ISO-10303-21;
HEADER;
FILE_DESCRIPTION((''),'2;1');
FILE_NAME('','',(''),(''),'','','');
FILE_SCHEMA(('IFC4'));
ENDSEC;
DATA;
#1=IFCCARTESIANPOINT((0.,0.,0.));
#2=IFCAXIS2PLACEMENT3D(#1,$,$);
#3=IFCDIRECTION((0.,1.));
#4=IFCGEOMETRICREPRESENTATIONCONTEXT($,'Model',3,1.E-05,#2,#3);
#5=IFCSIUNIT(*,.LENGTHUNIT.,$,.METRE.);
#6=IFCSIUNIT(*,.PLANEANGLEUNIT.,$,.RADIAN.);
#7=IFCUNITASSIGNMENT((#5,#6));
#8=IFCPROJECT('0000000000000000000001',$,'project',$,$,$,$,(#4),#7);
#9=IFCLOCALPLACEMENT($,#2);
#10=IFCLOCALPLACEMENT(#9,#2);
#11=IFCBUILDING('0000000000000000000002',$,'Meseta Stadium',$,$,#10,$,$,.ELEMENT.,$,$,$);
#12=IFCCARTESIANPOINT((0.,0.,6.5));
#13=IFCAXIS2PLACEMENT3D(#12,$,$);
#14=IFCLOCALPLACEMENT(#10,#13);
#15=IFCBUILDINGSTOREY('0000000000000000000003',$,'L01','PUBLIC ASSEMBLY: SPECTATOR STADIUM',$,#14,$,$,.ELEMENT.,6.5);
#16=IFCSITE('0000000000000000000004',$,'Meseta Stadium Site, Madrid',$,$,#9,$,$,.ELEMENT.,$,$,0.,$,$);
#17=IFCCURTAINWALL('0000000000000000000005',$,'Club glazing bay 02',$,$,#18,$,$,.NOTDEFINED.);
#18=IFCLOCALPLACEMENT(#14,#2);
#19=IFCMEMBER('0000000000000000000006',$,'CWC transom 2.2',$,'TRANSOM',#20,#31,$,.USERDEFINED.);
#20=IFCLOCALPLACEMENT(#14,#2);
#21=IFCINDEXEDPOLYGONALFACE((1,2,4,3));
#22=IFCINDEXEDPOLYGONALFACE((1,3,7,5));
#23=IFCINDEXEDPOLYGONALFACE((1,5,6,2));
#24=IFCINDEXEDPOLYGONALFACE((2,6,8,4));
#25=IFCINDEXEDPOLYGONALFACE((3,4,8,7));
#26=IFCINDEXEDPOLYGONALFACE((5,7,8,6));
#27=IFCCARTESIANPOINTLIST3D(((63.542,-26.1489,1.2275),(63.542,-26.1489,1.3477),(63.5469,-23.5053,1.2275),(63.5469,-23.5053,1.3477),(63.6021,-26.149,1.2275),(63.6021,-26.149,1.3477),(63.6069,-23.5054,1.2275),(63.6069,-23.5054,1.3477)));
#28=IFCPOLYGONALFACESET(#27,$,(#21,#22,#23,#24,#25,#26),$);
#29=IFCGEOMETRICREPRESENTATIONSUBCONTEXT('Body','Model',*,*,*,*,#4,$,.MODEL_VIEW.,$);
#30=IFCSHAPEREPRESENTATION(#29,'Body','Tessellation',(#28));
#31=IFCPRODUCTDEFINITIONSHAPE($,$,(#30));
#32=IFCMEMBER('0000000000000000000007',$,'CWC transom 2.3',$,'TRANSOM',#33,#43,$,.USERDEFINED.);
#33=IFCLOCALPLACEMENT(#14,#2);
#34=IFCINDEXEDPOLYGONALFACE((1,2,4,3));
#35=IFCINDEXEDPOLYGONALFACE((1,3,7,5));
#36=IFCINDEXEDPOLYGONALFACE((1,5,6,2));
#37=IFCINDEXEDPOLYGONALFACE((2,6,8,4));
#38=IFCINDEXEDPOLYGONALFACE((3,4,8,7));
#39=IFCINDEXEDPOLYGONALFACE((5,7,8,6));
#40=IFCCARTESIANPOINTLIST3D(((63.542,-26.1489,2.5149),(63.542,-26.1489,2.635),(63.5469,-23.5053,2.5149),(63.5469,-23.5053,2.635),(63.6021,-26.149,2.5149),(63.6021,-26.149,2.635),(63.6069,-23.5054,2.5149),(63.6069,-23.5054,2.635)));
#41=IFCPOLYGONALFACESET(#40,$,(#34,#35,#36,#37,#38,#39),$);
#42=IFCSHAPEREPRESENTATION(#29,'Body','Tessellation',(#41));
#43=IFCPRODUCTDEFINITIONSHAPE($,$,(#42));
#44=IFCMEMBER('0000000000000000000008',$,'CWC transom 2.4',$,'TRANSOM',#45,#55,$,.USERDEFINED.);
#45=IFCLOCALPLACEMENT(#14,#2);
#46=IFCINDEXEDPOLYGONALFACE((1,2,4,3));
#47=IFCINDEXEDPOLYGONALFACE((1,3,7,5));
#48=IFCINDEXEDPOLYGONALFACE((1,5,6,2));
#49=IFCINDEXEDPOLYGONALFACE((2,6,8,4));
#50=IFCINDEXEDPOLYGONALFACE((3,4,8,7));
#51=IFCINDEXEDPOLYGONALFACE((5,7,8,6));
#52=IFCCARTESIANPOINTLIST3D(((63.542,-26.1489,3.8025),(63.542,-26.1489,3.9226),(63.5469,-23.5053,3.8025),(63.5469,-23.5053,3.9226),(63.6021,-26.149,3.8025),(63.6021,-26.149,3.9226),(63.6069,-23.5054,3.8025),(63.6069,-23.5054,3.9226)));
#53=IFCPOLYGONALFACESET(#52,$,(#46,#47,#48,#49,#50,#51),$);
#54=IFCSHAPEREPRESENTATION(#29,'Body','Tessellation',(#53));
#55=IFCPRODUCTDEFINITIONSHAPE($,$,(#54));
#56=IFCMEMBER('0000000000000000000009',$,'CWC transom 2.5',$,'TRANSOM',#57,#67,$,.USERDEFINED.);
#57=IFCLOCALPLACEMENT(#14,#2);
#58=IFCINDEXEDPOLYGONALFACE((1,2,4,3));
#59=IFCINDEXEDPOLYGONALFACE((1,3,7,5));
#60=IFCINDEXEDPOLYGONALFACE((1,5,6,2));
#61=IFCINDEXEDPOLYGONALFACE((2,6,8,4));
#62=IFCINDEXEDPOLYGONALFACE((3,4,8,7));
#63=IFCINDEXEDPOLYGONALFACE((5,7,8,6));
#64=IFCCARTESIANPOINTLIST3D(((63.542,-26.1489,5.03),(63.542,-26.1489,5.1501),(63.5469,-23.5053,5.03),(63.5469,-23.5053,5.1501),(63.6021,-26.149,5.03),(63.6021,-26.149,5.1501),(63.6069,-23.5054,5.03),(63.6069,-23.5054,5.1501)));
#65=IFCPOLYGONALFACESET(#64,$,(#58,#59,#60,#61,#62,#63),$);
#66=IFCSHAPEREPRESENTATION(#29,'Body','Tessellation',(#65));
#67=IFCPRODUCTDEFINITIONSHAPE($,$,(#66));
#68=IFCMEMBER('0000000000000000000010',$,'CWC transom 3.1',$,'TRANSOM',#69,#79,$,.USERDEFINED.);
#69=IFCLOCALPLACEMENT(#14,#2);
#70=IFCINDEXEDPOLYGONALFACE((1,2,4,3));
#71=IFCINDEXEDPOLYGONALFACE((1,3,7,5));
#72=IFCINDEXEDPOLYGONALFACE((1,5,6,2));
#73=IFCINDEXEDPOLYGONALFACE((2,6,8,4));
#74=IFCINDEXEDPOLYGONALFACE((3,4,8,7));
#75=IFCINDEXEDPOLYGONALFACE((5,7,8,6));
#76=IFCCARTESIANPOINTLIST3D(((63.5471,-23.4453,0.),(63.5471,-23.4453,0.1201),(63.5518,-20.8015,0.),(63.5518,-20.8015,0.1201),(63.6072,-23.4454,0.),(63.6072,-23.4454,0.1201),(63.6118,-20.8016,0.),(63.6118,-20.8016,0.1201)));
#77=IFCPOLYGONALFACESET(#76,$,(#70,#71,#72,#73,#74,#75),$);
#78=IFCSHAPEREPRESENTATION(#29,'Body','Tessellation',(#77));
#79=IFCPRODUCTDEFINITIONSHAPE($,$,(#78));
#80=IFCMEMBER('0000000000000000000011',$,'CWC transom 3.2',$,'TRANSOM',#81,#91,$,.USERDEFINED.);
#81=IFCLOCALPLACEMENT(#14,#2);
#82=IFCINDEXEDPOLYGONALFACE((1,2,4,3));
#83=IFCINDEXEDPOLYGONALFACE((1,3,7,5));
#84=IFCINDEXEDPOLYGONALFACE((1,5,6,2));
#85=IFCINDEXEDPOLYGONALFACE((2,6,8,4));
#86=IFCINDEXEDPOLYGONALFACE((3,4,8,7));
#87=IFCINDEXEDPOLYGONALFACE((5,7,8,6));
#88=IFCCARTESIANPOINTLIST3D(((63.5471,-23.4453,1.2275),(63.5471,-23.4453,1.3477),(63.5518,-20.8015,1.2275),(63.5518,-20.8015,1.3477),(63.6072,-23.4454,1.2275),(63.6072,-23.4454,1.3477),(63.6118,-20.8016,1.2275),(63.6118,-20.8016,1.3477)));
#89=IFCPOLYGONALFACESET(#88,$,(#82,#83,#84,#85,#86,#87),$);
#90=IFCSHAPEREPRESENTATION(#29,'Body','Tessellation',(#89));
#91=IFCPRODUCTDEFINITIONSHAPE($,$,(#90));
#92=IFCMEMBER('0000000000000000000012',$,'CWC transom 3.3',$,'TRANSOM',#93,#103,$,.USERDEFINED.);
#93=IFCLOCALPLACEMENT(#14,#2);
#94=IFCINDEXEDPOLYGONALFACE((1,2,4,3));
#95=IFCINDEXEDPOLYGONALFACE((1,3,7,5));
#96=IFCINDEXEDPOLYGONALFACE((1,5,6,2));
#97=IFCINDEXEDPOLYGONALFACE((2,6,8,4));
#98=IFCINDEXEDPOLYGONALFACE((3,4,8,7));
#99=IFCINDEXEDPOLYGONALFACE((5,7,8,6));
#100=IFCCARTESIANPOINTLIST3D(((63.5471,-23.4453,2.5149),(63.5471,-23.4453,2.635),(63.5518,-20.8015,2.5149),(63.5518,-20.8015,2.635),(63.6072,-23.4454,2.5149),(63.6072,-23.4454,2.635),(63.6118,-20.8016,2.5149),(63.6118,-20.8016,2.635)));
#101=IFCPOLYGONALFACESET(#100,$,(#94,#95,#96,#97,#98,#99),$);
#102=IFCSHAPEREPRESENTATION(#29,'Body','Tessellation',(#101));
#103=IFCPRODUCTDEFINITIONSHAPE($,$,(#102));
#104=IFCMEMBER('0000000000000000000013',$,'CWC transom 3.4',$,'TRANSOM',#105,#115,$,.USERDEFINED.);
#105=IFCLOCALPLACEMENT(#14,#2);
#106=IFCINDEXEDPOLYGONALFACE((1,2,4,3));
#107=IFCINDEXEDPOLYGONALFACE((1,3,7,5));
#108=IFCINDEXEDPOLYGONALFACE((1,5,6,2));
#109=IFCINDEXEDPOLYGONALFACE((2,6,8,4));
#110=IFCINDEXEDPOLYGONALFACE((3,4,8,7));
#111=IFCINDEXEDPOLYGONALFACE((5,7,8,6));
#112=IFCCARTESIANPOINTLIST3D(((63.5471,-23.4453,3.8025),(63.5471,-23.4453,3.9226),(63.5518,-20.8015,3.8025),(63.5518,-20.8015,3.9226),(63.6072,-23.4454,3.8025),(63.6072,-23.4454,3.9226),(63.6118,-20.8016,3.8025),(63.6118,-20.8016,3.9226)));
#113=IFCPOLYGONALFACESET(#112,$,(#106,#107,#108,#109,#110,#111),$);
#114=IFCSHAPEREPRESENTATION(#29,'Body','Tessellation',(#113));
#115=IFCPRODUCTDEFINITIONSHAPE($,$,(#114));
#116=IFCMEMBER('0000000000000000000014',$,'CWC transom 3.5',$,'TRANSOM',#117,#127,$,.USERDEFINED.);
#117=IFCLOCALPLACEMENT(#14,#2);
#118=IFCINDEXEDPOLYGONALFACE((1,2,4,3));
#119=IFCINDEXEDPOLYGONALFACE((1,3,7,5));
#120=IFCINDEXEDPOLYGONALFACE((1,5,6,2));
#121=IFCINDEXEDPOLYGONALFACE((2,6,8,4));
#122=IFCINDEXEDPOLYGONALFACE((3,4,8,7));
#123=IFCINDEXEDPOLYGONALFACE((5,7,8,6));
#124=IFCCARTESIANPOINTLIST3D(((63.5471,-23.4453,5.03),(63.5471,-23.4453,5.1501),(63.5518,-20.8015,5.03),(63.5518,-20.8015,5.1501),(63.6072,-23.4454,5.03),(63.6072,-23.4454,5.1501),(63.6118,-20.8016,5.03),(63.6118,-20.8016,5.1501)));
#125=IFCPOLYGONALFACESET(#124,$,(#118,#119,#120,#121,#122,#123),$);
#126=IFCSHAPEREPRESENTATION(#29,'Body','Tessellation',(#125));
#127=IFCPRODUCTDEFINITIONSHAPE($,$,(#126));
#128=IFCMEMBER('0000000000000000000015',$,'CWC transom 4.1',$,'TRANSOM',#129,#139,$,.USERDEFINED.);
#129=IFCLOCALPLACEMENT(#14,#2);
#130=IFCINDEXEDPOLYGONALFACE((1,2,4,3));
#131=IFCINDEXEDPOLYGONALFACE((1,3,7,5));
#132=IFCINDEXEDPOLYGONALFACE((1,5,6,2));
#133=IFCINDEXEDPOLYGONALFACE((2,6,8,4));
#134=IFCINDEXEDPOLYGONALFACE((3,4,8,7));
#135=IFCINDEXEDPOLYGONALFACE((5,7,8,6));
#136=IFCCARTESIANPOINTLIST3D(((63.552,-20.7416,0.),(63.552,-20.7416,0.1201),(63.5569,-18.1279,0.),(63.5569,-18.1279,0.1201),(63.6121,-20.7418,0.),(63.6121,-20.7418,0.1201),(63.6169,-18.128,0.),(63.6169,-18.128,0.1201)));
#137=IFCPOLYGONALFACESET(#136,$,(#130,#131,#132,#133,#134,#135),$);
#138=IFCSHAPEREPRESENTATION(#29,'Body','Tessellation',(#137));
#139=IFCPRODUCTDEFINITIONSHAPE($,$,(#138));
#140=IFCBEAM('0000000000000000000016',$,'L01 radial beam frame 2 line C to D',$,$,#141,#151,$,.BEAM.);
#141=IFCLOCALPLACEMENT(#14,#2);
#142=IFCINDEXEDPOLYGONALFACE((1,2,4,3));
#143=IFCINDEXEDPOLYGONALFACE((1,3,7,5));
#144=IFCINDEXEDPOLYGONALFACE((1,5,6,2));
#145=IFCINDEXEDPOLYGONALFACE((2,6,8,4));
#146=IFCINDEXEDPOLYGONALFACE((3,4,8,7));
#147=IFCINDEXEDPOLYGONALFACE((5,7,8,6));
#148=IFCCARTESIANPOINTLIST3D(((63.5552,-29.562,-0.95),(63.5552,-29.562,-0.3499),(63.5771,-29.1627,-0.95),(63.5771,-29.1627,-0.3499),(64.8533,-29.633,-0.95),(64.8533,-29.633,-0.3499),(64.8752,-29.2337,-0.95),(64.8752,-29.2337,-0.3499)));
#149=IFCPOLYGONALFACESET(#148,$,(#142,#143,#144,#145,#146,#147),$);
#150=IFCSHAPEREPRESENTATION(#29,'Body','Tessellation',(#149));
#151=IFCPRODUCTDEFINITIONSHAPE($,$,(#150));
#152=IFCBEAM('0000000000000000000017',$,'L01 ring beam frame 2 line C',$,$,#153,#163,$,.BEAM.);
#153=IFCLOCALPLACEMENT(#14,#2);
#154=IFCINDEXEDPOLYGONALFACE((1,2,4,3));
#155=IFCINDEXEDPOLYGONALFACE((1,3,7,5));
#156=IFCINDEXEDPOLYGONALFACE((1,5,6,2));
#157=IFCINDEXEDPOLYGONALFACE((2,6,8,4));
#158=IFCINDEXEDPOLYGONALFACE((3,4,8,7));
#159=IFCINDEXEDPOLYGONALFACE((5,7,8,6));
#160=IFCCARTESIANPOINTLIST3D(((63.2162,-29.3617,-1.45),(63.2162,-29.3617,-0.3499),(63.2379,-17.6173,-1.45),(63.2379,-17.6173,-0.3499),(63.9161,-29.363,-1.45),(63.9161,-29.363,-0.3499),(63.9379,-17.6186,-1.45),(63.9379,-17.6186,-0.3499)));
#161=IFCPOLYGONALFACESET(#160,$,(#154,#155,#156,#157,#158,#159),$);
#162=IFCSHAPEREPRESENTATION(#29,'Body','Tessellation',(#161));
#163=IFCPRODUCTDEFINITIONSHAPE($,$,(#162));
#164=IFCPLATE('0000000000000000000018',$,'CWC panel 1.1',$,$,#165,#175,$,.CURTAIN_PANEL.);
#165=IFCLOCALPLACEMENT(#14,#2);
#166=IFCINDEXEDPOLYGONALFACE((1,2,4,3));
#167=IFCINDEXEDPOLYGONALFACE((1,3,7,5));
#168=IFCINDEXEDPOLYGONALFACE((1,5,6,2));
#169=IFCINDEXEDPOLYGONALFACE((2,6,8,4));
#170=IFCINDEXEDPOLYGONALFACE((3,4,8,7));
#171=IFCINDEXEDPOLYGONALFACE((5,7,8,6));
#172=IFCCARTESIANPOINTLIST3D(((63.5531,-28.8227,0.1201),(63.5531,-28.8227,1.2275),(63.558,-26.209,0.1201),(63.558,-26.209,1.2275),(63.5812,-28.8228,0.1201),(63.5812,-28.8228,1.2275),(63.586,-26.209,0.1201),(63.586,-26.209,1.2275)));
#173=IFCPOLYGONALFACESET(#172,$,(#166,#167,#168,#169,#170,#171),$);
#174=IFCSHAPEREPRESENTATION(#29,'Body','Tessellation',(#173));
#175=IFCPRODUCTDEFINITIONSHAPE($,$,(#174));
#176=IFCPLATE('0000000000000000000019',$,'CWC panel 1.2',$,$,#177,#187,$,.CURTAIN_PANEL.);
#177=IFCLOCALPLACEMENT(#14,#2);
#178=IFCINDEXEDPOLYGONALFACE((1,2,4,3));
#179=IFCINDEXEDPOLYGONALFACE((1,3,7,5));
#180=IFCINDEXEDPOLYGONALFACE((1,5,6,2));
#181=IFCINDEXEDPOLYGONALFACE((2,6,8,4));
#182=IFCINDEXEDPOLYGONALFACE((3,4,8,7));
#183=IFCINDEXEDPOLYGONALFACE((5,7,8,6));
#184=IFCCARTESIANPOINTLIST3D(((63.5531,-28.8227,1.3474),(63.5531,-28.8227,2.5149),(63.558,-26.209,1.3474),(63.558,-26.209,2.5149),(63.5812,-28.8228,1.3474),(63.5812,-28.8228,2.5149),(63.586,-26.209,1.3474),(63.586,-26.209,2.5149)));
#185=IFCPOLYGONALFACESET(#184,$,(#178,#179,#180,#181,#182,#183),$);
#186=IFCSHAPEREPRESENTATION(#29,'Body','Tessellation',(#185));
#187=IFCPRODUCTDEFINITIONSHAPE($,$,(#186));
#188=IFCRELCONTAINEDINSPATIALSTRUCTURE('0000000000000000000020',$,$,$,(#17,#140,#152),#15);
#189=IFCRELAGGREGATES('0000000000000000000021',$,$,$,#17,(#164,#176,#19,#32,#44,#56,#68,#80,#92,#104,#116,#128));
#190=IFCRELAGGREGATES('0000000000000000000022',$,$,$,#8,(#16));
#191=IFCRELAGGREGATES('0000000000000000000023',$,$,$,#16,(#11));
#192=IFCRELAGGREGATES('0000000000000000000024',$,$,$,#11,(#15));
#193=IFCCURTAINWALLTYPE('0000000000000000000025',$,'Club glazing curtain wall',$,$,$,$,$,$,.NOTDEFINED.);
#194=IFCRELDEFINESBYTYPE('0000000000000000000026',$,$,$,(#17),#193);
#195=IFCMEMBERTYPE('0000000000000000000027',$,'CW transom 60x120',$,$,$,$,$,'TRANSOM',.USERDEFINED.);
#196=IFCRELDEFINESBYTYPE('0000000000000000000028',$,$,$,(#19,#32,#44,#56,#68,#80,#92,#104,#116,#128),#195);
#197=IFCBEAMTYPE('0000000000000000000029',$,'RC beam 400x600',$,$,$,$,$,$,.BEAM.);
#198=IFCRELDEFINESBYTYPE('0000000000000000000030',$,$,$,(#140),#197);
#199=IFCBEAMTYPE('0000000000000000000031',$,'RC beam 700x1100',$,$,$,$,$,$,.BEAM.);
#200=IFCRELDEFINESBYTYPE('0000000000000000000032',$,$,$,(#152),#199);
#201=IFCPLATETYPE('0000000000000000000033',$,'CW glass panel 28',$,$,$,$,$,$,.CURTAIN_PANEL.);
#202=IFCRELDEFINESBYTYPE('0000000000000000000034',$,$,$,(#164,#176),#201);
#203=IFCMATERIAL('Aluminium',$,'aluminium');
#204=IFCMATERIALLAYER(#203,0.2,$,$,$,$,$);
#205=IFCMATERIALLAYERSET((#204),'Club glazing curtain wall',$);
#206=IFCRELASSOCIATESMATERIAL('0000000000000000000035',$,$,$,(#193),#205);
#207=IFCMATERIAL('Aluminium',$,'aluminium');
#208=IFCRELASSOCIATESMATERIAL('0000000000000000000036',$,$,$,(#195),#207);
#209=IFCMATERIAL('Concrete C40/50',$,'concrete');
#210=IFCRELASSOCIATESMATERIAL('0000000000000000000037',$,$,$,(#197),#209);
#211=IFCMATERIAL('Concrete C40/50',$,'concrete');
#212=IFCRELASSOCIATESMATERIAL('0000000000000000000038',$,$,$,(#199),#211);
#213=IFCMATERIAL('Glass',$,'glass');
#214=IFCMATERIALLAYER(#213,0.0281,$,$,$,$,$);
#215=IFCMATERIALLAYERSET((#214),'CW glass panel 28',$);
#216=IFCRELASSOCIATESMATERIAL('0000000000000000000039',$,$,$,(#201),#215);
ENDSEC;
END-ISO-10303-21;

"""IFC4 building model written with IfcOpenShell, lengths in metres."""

from ifc_helpers import new_model, si_unit, direction, frame, origin, origin_2d, place, context, subcontext, project, spatial, rectangle, extrude, material, layer, layer_set, material_profile, profile_set, type_object, element, aggregate, save


model = new_model("IFC4")

# Units and contexts
model_context = context("Model", 3, precision=1e-05, world=origin(), true_north=direction((0.0, 1.0)))
body_context = subcontext(model_context, "Body", "Model", "MODEL_VIEW")
ifc_project = project(units=[si_unit("LENGTHUNIT", "METRE"), si_unit("PLANEANGLEUNIT", "RADIAN")], contexts=[model_context])

# Site, building, storey
site_placement = place(None, origin())
site = spatial("IfcSite", under=ifc_project, at=site_placement, Name="Meseta Stadium Site, Madrid", CompositionType="ELEMENT", RefElevation=0.0)
building_placement = place(site_placement, origin())
building = spatial("IfcBuilding", under=site, at=building_placement, Name="Meseta Stadium", CompositionType="ELEMENT")
storey_placement = place(building_placement, frame((0.0, 0.0, 6.5)))
storey = spatial("IfcBuildingStorey", under=building, at=storey_placement, Name="L01", Description="PUBLIC ASSEMBLY: SPECTATOR STADIUM", CompositionType="ELEMENT", Elevation=6.5)

# Shared definitions
ifc_material_1 = material(Name="Aluminium", Category="aluminium")
ifc_layer_1 = layer(ifc_material_1, 0.2)
ifc_layer_set_1 = layer_set([ifc_layer_1], Name="Club glazing curtain wall")
curtain_wall_type = type_object("IfcCurtainWallType", Name="Club glazing curtain wall", PredefinedType="NOTDEFINED", material=ifc_layer_set_1)

# Curtain wall, members
curtain_wall_1_placement = place(storey_placement, origin())
curtain_wall_1 = element("IfcCurtainWall", 1, at=curtain_wall_1_placement, inside=storey, type_object=curtain_wall_type, Name="Club glazing bay 02", PredefinedType="NOTDEFINED")
ifc_material_2 = material(Name="Aluminium", Category="aluminium")
ifc_material_profile_1 = material_profile(ifc_material_2, rectangle(XDim=0.0601, YDim=0.1201, at=origin_2d()), Name="CW 60x120")
ifc_profile_set_1 = profile_set([ifc_material_profile_1], Name="Aluminium")
member_type_1 = type_object("IfcMemberType", Name="CW transom 60x120", ElementType="TRANSOM", PredefinedType="USERDEFINED", material=ifc_profile_set_1)
member_1_placement = place(storey_placement, frame((63.572, -26.1489, 1.2876), z_axis=(0.001847, 0.999998, 0.0), x_axis=(-0.999998, 0.001847, 0.0)))
member_1 = element("IfcMember", 2, at=member_1_placement, type_object=member_type_1, Name="CWC transom 2.2", ObjectType="TRANSOM", PredefinedType="USERDEFINED", context=body_context, shape_type="SweptSolid", body=[
    extrude(rectangle(XDim=0.0601, YDim=0.1201, at=origin_2d()), origin(), (0.0, 0.0, 1.0), 2.6436),
])
member_2_placement = place(storey_placement, frame((63.572, -26.1489, 2.575), z_axis=(0.001847, 0.999998, 0.0), x_axis=(-0.999998, 0.001847, 0.0)))
member_2 = element("IfcMember", 3, at=member_2_placement, type_object=member_type_1, Name="CWC transom 2.3", ObjectType="TRANSOM", PredefinedType="USERDEFINED", context=body_context, shape_type="SweptSolid", body=[
    extrude(rectangle(XDim=0.0601, YDim=0.1201, at=origin_2d()), origin(), (0.0, 0.0, 1.0), 2.6436),
])
member_3_placement = place(storey_placement, frame((63.572, -26.1489, 3.8625), z_axis=(0.001847, 0.999998, 0.0), x_axis=(-0.999998, 0.001847, 0.0)))
member_3 = element("IfcMember", 4, at=member_3_placement, type_object=member_type_1, Name="CWC transom 2.4", ObjectType="TRANSOM", PredefinedType="USERDEFINED", context=body_context, shape_type="SweptSolid", body=[
    extrude(rectangle(XDim=0.0601, YDim=0.1201, at=origin_2d()), origin(), (0.0, 0.0, 1.0), 2.6436),
])
member_4_placement = place(storey_placement, frame((63.572, -26.1489, 5.0901), z_axis=(0.001847, 0.999998, 0.0), x_axis=(-0.999998, 0.001847, 0.0)))
member_4 = element("IfcMember", 5, at=member_4_placement, type_object=member_type_1, Name="CWC transom 2.5", ObjectType="TRANSOM", PredefinedType="USERDEFINED", context=body_context, shape_type="SweptSolid", body=[
    extrude(rectangle(XDim=0.0601, YDim=0.1201, at=origin_2d()), origin(), (0.0, 0.0, 1.0), 2.6436),
])
member_5_placement = place(storey_placement, frame((63.5771, -23.4453, 0.0601), z_axis=(0.001755, 0.999998, 0.0), x_axis=(-0.999998, 0.001755, 0.0)))
member_5 = element("IfcMember", 6, at=member_5_placement, type_object=member_type_1, Name="CWC transom 3.1", ObjectType="TRANSOM", PredefinedType="USERDEFINED", context=body_context, shape_type="SweptSolid", body=[
    extrude(rectangle(XDim=0.0601, YDim=0.1201, at=origin_2d()), origin(), (0.0, 0.0, 1.0), 2.6438),
])
member_6_placement = place(storey_placement, frame((63.5771, -23.4453, 1.2876), z_axis=(0.001755, 0.999998, 0.0), x_axis=(-0.999998, 0.001755, 0.0)))
member_6 = element("IfcMember", 7, at=member_6_placement, type_object=member_type_1, Name="CWC transom 3.2", ObjectType="TRANSOM", PredefinedType="USERDEFINED", context=body_context, shape_type="SweptSolid", body=[
    extrude(rectangle(XDim=0.0601, YDim=0.1201, at=origin_2d()), origin(), (0.0, 0.0, 1.0), 2.6438),
])
member_7_placement = place(storey_placement, frame((63.5771, -23.4453, 2.575), z_axis=(0.001755, 0.999998, 0.0), x_axis=(-0.999998, 0.001755, 0.0)))
member_7 = element("IfcMember", 8, at=member_7_placement, type_object=member_type_1, Name="CWC transom 3.3", ObjectType="TRANSOM", PredefinedType="USERDEFINED", context=body_context, shape_type="SweptSolid", body=[
    extrude(rectangle(XDim=0.0601, YDim=0.1201, at=origin_2d()), origin(), (0.0, 0.0, 1.0), 2.6438),
])
member_8_placement = place(storey_placement, frame((63.5771, -23.4453, 3.8625), z_axis=(0.001755, 0.999998, 0.0), x_axis=(-0.999998, 0.001755, 0.0)))
member_8 = element("IfcMember", 9, at=member_8_placement, type_object=member_type_1, Name="CWC transom 3.4", ObjectType="TRANSOM", PredefinedType="USERDEFINED", context=body_context, shape_type="SweptSolid", body=[
    extrude(rectangle(XDim=0.0601, YDim=0.1201, at=origin_2d()), origin(), (0.0, 0.0, 1.0), 2.6438),
])
member_9_placement = place(storey_placement, frame((63.5771, -23.4453, 5.0901), z_axis=(0.001755, 0.999998, 0.0), x_axis=(-0.999998, 0.001755, 0.0)))
member_9 = element("IfcMember", 10, at=member_9_placement, type_object=member_type_1, Name="CWC transom 3.5", ObjectType="TRANSOM", PredefinedType="USERDEFINED", context=body_context, shape_type="SweptSolid", body=[
    extrude(rectangle(XDim=0.0601, YDim=0.1201, at=origin_2d()), origin(), (0.0, 0.0, 1.0), 2.6438),
])
member_10_placement = place(storey_placement, frame((63.582, -20.7417, 0.0601), z_axis=(0.001868, 0.999998, 0.0), x_axis=(-0.999998, 0.001868, 0.0)))
member_10 = element("IfcMember", 11, at=member_10_placement, type_object=member_type_1, Name="CWC transom 4.1", ObjectType="TRANSOM", PredefinedType="USERDEFINED", context=body_context, shape_type="SweptSolid", body=[
    extrude(rectangle(XDim=0.0601, YDim=0.1201, at=origin_2d()), origin(), (0.0, 0.0, 1.0), 2.6138),
])

# Beams
ifc_material_3 = material(Name="Concrete C40/50", Category="concrete")
ifc_material_profile_2 = material_profile(ifc_material_3, rectangle(XDim=0.3999, YDim=0.6001, at=origin_2d()), Name="RC 400x600")
ifc_profile_set_2 = profile_set([ifc_material_profile_2], Name="Concrete C40/50")
beam_type_1 = type_object("IfcBeamType", Name="RC beam 400x600", PredefinedType="BEAM", material=ifc_profile_set_2)
beam_1_placement = place(storey_placement, frame((63.5662, -29.3623, -0.6499), z_axis=(0.998506, -0.054648, 0.0), x_axis=(0.054648, 0.998506, 0.0)))
element("IfcBeam", 12, at=beam_1_placement, inside=storey, type_object=beam_type_1, Name="L01 radial beam frame 2 line C to D", PredefinedType="BEAM", context=body_context, shape_type="SweptSolid", body=[
    extrude(rectangle(XDim=0.3999, YDim=0.6001, at=origin_2d()), origin(), (0.0, 0.0, 1.0), 1.3),
])
ifc_material_4 = material(Name="Concrete C40/50", Category="concrete")
ifc_material_profile_3 = material_profile(ifc_material_4, rectangle(XDim=0.7, YDim=1.1001, at=origin_2d()), Name="RC 700x1100")
ifc_profile_set_3 = profile_set([ifc_material_profile_3], Name="Concrete C40/50")
beam_type_2 = type_object("IfcBeamType", Name="RC beam 700x1100", PredefinedType="BEAM", material=ifc_profile_set_3)
beam_2_placement = place(storey_placement, frame((63.5662, -29.3623, -0.8999), z_axis=(0.00185, 0.999998, 0.0), x_axis=(-0.999998, 0.00185, 0.0)))
element("IfcBeam", 13, at=beam_2_placement, inside=storey, type_object=beam_type_2, Name="L01 ring beam frame 2 line C", PredefinedType="BEAM", context=body_context, shape_type="SweptSolid", body=[
    extrude(rectangle(XDim=0.7, YDim=1.1001, at=origin_2d()), origin(), (0.0, 0.0, 1.0), 11.7444),
])

# Plates
ifc_material_5 = material(Name="Glass", Category="glass")
ifc_layer_2 = layer(ifc_material_5, 0.0281)
ifc_layer_set_2 = layer_set([ifc_layer_2], Name="CW glass panel 28")
plate_type = type_object("IfcPlateType", Name="CW glass panel 28", PredefinedType="CURTAIN_PANEL", material=ifc_layer_set_2)
plate_1_placement = place(storey_placement, frame((63.5696, -27.5159, 0.1201), z_axis=(0.0, 0.0, 1.0), x_axis=(0.001845, 0.999998, 0.0)))
plate_1 = element("IfcPlate", 14, at=plate_1_placement, type_object=plate_type, Name="CWC panel 1.1", PredefinedType="CURTAIN_PANEL", context=body_context, shape_type="SweptSolid", body=[
    extrude(rectangle(XDim=2.6138, YDim=0.0281, at=origin_2d()), origin(), (0.0, 0.0, 1.0), 1.1074),
])
plate_2_placement = place(storey_placement, frame((63.5696, -27.5159, 1.3474), z_axis=(0.0, 0.0, 1.0), x_axis=(0.001845, 0.999998, 0.0)))
plate_2 = element("IfcPlate", 15, at=plate_2_placement, type_object=plate_type, Name="CWC panel 1.2", PredefinedType="CURTAIN_PANEL", context=body_context, shape_type="SweptSolid", body=[
    extrude(rectangle(XDim=2.6138, YDim=0.0281, at=origin_2d()), origin(), (0.0, 0.0, 1.0), 1.1675),
])
aggregate(curtain_wall_1, [plate_1, plate_2, member_1, member_2, member_3, member_4, member_5, member_6, member_7, member_8, member_9, member_10])

save(model, "model.ifc")
